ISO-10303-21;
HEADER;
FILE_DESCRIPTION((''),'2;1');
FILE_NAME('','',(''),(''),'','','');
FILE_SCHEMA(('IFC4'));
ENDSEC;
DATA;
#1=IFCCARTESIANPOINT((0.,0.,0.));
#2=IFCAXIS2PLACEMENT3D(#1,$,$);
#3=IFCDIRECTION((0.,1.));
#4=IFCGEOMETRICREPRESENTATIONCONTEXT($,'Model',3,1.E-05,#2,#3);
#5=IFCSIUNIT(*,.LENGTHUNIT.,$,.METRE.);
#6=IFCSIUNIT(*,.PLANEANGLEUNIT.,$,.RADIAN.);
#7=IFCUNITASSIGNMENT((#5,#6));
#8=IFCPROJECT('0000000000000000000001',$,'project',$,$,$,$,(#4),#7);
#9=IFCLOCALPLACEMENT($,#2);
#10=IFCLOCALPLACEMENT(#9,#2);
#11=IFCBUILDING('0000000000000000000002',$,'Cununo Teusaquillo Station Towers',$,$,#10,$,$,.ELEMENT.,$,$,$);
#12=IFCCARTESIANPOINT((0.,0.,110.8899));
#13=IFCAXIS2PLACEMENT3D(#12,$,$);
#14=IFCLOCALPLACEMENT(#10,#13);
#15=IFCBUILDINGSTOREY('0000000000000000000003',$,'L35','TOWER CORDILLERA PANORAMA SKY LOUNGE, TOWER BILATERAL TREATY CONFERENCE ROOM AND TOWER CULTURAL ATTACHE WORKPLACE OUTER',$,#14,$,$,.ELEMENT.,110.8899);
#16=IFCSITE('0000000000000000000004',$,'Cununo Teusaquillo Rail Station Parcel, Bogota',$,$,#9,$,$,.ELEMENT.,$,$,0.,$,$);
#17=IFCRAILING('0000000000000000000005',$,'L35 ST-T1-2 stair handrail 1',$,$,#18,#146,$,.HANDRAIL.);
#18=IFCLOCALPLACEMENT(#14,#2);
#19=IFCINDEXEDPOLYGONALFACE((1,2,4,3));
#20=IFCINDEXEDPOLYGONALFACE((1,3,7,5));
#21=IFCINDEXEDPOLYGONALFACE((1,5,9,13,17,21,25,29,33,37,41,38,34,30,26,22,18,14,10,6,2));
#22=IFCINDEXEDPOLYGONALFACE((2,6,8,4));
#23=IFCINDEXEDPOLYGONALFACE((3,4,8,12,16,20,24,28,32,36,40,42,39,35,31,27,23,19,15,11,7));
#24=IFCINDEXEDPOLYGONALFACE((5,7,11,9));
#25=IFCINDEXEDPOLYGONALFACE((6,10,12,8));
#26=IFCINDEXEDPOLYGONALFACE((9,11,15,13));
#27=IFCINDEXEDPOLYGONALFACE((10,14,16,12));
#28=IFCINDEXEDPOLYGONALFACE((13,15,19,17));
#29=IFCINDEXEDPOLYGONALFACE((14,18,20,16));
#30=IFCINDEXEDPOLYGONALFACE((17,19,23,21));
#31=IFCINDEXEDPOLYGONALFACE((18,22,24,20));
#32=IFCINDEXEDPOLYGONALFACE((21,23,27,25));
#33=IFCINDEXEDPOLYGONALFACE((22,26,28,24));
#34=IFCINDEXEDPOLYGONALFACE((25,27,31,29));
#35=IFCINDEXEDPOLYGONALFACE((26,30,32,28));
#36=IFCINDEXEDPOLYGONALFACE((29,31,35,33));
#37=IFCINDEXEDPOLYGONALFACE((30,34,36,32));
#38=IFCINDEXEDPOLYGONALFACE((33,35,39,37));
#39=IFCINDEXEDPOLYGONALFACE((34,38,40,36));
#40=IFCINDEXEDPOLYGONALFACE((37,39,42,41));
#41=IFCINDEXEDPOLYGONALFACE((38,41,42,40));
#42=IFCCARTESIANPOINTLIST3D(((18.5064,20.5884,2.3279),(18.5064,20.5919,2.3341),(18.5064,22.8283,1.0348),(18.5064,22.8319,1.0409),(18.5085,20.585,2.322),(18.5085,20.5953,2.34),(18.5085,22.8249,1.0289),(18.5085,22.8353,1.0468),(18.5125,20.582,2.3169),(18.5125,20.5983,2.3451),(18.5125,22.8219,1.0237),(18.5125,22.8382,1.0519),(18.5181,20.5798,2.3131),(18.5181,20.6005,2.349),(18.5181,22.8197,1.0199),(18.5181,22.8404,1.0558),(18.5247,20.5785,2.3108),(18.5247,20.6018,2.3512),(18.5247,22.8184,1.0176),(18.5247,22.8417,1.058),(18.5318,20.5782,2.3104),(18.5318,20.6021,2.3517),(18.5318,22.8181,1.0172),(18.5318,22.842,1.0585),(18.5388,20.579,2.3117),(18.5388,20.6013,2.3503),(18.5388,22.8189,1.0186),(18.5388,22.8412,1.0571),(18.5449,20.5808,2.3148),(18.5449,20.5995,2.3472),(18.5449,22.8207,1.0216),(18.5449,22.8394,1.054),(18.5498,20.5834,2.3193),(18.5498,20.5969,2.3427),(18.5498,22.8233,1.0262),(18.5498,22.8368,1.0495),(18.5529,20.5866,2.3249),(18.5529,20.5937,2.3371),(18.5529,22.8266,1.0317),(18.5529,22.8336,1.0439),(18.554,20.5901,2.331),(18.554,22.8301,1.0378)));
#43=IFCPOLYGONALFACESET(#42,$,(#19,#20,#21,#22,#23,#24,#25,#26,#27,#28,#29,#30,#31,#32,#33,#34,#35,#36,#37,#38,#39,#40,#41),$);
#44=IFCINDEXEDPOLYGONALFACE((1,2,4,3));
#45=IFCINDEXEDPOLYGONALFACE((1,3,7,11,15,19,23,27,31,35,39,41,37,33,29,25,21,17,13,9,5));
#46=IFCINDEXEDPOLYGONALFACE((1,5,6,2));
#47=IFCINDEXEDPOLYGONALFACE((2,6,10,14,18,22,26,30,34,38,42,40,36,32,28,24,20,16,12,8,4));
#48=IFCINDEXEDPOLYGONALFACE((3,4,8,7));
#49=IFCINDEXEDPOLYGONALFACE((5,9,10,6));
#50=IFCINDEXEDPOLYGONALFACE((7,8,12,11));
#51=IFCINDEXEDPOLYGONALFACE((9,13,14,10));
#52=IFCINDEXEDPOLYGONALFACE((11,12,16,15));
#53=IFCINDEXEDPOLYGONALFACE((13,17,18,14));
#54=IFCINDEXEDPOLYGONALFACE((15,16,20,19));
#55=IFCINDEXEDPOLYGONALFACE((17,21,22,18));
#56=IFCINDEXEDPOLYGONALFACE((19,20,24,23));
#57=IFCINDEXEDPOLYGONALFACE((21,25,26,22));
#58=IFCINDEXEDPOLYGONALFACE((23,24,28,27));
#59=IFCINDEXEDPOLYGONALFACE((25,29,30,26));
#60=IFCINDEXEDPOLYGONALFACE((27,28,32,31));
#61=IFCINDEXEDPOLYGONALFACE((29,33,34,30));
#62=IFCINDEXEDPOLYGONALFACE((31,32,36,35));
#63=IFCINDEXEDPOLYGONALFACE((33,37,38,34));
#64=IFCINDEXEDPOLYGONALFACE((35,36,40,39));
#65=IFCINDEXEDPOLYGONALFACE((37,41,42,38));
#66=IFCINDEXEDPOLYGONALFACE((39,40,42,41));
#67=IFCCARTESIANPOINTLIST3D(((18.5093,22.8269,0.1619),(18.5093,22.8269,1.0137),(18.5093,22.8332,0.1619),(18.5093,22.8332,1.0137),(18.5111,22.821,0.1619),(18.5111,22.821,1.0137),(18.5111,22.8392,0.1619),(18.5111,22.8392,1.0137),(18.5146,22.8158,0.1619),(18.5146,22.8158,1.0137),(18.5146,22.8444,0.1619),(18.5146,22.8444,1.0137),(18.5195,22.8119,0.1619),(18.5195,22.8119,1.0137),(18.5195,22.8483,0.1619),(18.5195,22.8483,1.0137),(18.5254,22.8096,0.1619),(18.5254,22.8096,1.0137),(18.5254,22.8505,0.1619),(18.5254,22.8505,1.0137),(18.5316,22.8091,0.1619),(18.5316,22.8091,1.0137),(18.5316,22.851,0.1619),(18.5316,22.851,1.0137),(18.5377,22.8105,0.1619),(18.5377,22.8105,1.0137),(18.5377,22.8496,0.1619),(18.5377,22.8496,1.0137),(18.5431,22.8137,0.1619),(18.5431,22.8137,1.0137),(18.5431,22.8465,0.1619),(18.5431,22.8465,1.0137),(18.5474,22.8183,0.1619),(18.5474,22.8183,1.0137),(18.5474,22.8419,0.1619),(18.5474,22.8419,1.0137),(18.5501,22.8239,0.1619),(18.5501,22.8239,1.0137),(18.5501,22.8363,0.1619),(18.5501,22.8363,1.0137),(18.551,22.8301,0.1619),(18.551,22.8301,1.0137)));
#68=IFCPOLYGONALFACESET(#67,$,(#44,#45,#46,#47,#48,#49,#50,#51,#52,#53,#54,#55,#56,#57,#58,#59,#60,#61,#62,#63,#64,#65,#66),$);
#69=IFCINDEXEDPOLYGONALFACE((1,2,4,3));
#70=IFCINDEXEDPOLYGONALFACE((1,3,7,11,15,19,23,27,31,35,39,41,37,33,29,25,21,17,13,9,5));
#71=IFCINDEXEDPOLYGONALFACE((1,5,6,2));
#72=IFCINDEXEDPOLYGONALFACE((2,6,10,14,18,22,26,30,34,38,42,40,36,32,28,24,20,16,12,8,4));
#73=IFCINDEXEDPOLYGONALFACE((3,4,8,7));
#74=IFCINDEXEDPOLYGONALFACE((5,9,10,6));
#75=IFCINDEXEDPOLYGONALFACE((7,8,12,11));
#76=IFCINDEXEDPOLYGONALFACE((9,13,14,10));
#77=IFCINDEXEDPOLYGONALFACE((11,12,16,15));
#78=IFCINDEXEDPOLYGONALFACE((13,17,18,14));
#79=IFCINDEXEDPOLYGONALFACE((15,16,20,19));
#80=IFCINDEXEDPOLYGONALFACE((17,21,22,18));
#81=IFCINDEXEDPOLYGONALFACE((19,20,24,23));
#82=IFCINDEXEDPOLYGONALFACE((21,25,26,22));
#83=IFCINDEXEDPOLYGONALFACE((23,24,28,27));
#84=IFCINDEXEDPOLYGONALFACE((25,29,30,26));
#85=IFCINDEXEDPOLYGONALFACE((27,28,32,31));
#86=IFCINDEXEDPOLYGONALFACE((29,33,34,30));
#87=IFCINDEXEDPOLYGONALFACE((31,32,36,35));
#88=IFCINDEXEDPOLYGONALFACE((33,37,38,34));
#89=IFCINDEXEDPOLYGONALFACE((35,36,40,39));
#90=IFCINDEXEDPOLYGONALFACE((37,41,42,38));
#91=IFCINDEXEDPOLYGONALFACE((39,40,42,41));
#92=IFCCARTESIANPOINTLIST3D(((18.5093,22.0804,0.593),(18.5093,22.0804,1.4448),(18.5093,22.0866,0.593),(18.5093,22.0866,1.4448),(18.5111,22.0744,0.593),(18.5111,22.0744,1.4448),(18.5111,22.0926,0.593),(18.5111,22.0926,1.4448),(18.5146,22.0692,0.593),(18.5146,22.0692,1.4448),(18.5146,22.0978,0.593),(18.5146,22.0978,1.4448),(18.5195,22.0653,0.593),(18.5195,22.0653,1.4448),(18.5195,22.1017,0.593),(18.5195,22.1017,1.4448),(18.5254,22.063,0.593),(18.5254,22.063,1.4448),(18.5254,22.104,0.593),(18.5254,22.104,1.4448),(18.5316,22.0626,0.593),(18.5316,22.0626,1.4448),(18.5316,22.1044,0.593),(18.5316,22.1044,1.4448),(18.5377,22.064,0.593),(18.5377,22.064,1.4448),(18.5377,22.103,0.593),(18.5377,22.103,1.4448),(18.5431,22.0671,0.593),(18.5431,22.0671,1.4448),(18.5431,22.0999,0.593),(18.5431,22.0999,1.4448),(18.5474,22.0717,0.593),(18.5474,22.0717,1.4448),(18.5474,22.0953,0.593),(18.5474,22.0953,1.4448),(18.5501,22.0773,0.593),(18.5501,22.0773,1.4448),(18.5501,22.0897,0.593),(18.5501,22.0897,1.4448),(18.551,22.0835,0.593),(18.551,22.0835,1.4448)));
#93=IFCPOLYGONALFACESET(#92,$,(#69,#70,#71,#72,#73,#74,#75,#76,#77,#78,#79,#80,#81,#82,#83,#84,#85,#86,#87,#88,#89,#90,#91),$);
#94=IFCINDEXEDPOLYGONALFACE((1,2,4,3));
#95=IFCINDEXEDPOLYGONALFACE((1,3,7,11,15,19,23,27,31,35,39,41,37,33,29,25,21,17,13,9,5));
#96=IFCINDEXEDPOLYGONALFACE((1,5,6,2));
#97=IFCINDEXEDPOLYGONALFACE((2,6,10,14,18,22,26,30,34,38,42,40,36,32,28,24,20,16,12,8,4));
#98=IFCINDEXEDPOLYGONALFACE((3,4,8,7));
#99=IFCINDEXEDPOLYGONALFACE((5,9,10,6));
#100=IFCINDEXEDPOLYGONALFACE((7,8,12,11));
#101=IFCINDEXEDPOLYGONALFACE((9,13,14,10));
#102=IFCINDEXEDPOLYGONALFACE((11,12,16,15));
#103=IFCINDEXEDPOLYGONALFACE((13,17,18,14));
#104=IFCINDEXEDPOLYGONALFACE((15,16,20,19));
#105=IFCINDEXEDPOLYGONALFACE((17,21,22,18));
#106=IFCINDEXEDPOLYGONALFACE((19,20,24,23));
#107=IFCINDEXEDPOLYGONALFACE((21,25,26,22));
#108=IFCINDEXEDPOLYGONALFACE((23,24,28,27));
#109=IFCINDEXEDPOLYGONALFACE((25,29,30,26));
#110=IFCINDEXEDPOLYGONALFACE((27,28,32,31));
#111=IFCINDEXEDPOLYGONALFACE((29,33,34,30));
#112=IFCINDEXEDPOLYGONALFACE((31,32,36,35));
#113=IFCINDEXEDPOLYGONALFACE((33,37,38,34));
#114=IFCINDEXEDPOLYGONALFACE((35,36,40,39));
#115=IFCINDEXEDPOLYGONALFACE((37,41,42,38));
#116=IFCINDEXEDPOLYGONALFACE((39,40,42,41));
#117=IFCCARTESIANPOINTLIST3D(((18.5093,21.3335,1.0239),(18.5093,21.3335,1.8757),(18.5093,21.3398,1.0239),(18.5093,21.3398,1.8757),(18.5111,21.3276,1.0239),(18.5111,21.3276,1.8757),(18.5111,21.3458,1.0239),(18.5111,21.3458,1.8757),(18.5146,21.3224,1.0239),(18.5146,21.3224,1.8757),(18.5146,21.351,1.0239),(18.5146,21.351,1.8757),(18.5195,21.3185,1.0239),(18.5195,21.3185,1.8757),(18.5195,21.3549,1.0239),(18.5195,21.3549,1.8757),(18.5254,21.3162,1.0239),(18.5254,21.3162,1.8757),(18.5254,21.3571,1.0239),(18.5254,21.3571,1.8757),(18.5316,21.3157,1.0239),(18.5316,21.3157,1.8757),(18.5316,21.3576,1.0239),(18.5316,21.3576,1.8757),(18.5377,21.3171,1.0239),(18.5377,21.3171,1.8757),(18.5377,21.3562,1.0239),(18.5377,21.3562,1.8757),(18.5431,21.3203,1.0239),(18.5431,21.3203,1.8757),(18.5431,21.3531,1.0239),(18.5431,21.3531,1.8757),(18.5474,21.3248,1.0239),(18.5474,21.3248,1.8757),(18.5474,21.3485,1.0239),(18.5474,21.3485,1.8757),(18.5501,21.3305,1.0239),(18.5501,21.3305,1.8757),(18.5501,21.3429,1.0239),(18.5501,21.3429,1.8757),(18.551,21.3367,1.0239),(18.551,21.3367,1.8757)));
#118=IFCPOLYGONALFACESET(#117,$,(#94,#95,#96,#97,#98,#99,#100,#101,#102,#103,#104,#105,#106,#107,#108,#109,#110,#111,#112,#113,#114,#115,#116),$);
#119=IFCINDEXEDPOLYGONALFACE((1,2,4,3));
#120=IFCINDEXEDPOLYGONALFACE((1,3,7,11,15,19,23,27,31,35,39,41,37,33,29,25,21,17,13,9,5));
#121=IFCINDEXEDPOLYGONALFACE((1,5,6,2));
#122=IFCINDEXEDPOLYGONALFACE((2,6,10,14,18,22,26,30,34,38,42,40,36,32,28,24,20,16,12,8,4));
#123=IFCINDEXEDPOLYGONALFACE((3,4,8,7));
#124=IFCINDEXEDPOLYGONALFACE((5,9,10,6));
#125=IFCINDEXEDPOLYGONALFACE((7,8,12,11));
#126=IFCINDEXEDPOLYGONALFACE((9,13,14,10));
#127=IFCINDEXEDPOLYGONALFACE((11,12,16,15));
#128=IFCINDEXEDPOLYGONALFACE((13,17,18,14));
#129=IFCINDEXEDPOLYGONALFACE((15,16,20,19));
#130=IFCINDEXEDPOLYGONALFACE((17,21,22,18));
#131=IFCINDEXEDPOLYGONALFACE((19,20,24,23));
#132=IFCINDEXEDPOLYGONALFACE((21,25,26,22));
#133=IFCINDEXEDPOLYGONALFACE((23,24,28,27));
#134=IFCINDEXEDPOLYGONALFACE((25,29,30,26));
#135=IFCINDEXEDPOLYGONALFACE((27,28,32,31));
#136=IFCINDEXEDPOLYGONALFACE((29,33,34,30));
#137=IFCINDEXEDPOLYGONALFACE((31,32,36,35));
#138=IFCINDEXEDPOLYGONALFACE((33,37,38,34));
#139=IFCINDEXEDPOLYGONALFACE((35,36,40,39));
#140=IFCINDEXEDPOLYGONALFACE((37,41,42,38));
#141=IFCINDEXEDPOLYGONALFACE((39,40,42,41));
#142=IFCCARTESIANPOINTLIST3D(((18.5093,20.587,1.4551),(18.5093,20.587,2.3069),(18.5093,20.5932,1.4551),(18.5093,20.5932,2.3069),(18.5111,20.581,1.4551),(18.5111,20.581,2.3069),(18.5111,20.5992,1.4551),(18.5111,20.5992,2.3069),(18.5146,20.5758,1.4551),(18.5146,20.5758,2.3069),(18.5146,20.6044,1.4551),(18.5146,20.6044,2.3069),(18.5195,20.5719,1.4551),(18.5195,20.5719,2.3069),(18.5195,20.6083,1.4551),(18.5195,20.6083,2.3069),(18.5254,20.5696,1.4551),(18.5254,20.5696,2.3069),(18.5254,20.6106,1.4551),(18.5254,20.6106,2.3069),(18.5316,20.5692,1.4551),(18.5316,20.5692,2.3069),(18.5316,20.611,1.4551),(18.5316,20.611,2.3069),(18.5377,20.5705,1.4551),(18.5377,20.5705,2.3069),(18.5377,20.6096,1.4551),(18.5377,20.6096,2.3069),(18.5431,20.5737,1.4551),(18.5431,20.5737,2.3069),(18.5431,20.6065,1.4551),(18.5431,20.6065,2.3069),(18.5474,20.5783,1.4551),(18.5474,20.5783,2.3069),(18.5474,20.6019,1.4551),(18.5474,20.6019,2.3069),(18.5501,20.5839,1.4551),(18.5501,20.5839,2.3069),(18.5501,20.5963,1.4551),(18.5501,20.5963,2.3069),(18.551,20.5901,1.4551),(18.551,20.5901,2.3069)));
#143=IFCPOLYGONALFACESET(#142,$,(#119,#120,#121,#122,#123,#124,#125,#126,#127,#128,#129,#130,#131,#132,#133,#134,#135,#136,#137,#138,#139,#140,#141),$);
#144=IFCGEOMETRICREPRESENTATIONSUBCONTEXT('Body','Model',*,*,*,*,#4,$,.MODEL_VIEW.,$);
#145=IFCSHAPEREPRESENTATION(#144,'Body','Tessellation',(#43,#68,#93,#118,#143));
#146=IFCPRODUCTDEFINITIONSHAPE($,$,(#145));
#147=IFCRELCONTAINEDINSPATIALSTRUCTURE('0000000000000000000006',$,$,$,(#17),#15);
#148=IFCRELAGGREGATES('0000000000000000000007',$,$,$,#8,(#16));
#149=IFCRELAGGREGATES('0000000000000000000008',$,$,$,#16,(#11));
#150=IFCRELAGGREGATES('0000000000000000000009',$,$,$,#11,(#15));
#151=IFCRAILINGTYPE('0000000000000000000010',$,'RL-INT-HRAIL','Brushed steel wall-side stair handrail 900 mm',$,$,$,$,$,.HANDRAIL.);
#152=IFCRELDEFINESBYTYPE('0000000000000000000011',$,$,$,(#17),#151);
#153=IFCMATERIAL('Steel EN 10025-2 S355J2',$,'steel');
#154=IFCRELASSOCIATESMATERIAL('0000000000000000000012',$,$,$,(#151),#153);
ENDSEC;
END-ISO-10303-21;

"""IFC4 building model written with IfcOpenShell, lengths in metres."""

from ifc_helpers import new_model, si_unit, direction, frame, origin, origin_2d, place, context, subcontext, project, spatial, circle, extrude, material, type_object, element, save


model = new_model("IFC4")

# Units and contexts
model_context = context("Model", 3, precision=1e-05, world=origin(), true_north=direction((0.0, 1.0)))
body_context = subcontext(model_context, "Body", "Model", "MODEL_VIEW")
ifc_project = project(units=[si_unit("LENGTHUNIT", "METRE"), si_unit("PLANEANGLEUNIT", "RADIAN")], contexts=[model_context])

# Site, building, storey
site_placement = place(None, origin())
site = spatial("IfcSite", under=ifc_project, at=site_placement, Name="Cununo Teusaquillo Rail Station Parcel, Bogota", CompositionType="ELEMENT", RefElevation=0.0)
building_placement = place(site_placement, origin())
building = spatial("IfcBuilding", under=site, at=building_placement, Name="Cununo Teusaquillo Station Towers", CompositionType="ELEMENT")
storey_placement = place(building_placement, frame((0.0, 0.0, 110.8899)))
storey = spatial("IfcBuildingStorey", under=building, at=storey_placement, Name="L35", Description="TOWER CORDILLERA PANORAMA SKY LOUNGE, TOWER BILATERAL TREATY CONFERENCE ROOM AND TOWER CULTURAL ATTACHE WORKPLACE OUTER", CompositionType="ELEMENT", Elevation=110.8899)

# Railing
ifc_material_1 = material(Name="Steel EN 10025-2 S355J2", Category="steel")
railing_type_1 = type_object("IfcRailingType", Name="RL-INT-HRAIL", Description="Brushed steel wall-side stair handrail 900 mm", PredefinedType="HANDRAIL", material=ifc_material_1)
railing_1_placement = place(storey_placement, frame((18.53, 22.8301, 0.1619)))
element("IfcRailing", 1, at=railing_1_placement, inside=storey, type_object=railing_type_1, Name="L35 ST-T1-2 stair handrail 1", PredefinedType="HANDRAIL", context=body_context, shape_type="SweptSolid", body=[
    extrude(circle(Radius=0.0239, at=origin_2d()), frame((0.0, 0.0, 0.876), z_axis=(0.0, -0.866033, 0.499987), x_axis=(1.0, 0.0, 0.0)), (0.0, 0.0, 1.0), 2.5864),
    extrude(circle(Radius=0.021, at=origin_2d()), origin(), (0.0, 0.0, 1.0), 0.8518),
    extrude(circle(Radius=0.021, at=origin_2d()), frame((0.0, -0.7466, 0.4312)), (0.0, 0.0, 1.0), 0.8518),
    extrude(circle(Radius=0.021, at=origin_2d()), frame((0.0, -1.4934, 0.8621)), (0.0, 0.0, 1.0), 0.8518),
    extrude(circle(Radius=0.021, at=origin_2d()), frame((0.0, -2.24, 1.2932)), (0.0, 0.0, 1.0), 0.8518),
])

save(model, "model.ifc")
